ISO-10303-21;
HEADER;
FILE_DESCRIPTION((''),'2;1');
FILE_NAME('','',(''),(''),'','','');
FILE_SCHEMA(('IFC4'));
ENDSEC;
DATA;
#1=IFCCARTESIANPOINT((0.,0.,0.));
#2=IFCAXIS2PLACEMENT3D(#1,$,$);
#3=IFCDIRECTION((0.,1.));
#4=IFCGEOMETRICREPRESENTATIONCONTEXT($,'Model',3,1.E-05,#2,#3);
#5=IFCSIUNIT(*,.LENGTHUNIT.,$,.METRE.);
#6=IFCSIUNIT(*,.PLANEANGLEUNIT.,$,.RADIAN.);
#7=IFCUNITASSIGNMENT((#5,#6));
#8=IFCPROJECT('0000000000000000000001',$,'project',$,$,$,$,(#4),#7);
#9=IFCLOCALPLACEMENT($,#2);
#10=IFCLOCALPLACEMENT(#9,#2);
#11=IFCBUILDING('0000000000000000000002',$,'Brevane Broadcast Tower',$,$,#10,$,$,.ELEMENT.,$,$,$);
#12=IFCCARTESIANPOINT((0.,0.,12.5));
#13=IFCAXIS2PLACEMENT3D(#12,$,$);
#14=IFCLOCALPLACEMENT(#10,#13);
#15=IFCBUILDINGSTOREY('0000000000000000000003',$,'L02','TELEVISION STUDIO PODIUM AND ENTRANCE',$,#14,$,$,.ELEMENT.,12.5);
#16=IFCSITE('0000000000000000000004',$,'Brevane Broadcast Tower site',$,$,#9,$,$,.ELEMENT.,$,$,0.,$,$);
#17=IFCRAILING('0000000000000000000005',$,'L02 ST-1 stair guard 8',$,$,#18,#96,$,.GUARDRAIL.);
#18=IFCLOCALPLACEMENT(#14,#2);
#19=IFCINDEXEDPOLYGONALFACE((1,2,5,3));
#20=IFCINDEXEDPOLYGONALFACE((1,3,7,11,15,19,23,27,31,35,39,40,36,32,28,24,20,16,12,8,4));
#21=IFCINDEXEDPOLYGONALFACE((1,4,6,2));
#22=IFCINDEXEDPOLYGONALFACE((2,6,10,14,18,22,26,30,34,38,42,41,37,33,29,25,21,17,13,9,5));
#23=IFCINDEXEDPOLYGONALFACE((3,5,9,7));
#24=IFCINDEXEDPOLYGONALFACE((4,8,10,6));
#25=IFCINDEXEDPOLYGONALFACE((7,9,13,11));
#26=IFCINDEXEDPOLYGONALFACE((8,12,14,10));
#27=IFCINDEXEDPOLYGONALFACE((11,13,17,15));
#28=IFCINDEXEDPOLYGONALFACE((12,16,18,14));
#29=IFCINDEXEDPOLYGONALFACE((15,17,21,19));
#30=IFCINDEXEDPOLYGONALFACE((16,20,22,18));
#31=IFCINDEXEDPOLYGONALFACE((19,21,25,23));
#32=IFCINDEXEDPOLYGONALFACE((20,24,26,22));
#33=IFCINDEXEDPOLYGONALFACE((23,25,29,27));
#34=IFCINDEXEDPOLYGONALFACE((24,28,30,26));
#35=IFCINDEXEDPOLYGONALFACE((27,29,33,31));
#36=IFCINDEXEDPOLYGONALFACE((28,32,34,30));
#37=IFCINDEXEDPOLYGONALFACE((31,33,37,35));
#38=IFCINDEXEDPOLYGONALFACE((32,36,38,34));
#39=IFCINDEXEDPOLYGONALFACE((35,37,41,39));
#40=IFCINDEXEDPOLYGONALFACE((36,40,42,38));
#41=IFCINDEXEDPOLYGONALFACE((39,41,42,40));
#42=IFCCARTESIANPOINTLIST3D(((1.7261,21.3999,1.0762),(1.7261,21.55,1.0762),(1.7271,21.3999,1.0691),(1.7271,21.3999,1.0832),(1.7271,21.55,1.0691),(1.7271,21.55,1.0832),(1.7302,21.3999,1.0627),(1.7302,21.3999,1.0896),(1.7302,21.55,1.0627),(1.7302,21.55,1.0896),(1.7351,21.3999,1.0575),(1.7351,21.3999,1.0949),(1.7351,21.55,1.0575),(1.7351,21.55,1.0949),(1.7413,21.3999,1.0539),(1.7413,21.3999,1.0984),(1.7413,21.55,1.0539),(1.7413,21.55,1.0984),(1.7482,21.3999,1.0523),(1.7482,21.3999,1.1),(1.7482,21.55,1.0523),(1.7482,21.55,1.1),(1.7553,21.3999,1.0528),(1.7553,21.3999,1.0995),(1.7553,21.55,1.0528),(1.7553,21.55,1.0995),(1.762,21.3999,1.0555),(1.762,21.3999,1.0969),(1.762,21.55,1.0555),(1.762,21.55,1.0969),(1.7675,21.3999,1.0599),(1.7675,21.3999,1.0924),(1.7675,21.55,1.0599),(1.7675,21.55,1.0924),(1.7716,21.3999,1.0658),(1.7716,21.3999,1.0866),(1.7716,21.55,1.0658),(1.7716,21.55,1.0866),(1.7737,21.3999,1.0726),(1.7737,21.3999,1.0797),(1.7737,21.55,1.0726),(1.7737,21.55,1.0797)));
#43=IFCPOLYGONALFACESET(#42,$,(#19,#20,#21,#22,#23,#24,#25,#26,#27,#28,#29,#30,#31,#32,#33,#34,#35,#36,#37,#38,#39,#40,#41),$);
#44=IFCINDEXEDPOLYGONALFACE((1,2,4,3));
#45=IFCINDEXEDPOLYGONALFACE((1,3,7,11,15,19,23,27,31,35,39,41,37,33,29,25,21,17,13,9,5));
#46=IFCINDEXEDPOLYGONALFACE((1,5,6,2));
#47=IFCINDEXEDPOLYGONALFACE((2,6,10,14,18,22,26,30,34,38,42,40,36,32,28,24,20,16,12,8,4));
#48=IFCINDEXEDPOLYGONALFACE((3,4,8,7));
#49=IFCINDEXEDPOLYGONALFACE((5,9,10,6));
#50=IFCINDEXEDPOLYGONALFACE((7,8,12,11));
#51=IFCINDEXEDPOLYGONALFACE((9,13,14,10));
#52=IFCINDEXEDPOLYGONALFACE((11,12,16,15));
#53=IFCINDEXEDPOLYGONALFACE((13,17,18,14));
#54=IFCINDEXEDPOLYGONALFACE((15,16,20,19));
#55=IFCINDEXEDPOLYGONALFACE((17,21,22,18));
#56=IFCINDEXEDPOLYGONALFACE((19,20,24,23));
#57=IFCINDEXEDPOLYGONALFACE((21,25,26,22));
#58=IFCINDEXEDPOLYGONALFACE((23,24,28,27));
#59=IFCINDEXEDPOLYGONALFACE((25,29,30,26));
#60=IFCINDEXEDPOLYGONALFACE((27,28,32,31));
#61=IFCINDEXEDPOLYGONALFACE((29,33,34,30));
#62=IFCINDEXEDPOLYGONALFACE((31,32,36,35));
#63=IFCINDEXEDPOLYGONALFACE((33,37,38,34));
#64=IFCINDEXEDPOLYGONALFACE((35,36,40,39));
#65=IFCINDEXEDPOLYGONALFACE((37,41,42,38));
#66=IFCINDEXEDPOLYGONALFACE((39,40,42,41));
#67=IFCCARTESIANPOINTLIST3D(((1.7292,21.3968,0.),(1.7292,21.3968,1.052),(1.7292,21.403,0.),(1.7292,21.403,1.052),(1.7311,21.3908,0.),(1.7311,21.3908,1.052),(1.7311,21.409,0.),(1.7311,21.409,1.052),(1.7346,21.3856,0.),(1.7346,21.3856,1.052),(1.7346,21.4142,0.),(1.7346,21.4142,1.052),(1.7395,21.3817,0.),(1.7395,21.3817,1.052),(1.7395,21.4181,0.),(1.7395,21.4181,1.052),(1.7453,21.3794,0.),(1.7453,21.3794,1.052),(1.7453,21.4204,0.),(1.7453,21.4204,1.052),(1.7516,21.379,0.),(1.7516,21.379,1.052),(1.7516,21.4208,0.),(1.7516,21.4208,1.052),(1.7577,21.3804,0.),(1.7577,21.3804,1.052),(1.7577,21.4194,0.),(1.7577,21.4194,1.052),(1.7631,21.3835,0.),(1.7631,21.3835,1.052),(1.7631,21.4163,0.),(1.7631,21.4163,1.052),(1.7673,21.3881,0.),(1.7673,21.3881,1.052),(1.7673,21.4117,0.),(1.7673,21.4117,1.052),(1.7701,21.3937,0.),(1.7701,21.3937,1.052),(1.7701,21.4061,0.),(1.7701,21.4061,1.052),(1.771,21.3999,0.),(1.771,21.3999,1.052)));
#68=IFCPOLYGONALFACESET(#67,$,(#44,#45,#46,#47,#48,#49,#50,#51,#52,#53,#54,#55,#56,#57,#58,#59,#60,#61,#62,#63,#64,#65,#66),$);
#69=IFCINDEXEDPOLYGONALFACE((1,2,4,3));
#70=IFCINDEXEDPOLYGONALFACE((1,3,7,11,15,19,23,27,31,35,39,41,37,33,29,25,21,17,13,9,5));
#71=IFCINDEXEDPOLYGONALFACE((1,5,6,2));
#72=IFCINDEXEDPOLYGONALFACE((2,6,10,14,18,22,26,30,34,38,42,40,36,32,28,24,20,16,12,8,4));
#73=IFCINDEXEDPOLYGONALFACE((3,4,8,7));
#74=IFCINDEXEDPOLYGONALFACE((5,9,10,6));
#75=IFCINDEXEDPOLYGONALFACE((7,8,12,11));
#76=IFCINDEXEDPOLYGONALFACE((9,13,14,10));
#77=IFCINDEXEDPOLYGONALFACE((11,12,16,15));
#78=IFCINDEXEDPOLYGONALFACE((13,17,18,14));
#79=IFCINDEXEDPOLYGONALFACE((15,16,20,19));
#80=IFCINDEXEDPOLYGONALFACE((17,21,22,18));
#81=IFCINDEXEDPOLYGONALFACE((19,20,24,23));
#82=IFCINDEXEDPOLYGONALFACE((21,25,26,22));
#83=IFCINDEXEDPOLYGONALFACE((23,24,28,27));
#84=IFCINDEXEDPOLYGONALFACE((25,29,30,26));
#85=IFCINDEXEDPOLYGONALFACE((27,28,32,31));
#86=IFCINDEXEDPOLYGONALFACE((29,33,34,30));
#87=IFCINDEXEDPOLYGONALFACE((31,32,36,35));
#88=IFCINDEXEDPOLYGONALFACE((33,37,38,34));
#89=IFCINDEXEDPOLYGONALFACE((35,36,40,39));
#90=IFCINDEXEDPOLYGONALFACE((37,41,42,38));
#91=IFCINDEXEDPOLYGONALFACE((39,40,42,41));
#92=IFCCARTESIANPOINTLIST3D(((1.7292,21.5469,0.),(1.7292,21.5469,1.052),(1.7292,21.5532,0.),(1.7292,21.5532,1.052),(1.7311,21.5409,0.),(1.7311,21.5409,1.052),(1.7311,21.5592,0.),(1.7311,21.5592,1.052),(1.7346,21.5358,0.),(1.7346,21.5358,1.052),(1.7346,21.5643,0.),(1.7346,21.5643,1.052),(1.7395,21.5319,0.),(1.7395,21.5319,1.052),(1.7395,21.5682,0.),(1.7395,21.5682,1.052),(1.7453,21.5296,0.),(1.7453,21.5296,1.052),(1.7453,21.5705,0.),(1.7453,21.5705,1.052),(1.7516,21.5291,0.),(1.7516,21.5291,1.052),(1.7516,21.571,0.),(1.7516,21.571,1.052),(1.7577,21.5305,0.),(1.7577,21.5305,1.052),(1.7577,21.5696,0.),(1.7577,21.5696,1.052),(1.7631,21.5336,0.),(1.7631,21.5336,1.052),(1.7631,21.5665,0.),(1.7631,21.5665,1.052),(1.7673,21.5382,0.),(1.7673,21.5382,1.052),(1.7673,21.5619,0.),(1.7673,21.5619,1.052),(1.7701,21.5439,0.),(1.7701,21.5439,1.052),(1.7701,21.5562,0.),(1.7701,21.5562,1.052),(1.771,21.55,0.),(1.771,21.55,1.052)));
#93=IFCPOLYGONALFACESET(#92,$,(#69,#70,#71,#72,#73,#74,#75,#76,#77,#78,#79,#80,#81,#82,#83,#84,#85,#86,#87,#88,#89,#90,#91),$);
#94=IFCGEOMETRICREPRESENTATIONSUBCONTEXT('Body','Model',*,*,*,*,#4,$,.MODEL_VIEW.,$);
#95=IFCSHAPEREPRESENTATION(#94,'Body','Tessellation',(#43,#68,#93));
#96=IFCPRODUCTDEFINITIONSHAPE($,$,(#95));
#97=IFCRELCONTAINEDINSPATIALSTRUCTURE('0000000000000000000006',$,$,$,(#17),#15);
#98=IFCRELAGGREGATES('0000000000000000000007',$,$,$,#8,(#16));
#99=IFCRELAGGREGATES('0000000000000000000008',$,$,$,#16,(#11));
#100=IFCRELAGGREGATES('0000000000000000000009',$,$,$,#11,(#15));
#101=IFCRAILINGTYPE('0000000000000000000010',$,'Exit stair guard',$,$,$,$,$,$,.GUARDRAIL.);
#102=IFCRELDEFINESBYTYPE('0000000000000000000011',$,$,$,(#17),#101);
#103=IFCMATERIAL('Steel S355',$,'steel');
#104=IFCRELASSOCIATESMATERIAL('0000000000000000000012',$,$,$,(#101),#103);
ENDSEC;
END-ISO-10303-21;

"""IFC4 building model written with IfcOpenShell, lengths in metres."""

from ifc_helpers import new_model, si_unit, direction, frame, origin, origin_2d, place, context, subcontext, project, spatial, circle, extrude, material, type_object, element, save


model = new_model("IFC4")

# Units and contexts
model_context = context("Model", 3, precision=1e-05, world=origin(), true_north=direction((0.0, 1.0)))
body_context = subcontext(model_context, "Body", "Model", "MODEL_VIEW")
ifc_project = project(units=[si_unit("LENGTHUNIT", "METRE"), si_unit("PLANEANGLEUNIT", "RADIAN")], contexts=[model_context])

# Site, building, storey
site_placement = place(None, origin())
site = spatial("IfcSite", under=ifc_project, at=site_placement, Name="Brevane Broadcast Tower site", CompositionType="ELEMENT", RefElevation=0.0)
building_placement = place(site_placement, origin())
building = spatial("IfcBuilding", under=site, at=building_placement, Name="Brevane Broadcast Tower", CompositionType="ELEMENT")
storey_placement = place(building_placement, frame((0.0, 0.0, 12.5)))
storey = spatial("IfcBuildingStorey", under=building, at=storey_placement, Name="L02", Description="TELEVISION STUDIO PODIUM AND ENTRANCE", CompositionType="ELEMENT", Elevation=12.5)

# Railing
ifc_material_1 = material(Name="Steel S355", Category="steel")
railing_type_1 = type_object("IfcRailingType", Name="Exit stair guard", PredefinedType="GUARDRAIL", material=ifc_material_1)
railing_1_placement = place(storey_placement, frame((1.75, 21.3999, 0.0)))
element("IfcRailing", 1, at=railing_1_placement, inside=storey, type_object=railing_type_1, Name="L02 ST-1 stair guard 8", PredefinedType="GUARDRAIL", context=body_context, shape_type="SweptSolid", body=[
    extrude(circle(Radius=0.0239, at=origin_2d()), frame((0.0, 0.0, 1.0762), z_axis=(0.0, 1.0, 0.0), x_axis=(-1.0, 0.0, 0.0)), (0.0, 0.0, 1.0), 0.1501),
    extrude(circle(Radius=0.021, at=origin_2d()), origin(), (0.0, 0.0, 1.0), 1.052),
    extrude(circle(Radius=0.021, at=origin_2d()), frame((0.0, 0.1501, 0.0)), (0.0, 0.0, 1.0), 1.052),
])

save(model, "model.ifc")
